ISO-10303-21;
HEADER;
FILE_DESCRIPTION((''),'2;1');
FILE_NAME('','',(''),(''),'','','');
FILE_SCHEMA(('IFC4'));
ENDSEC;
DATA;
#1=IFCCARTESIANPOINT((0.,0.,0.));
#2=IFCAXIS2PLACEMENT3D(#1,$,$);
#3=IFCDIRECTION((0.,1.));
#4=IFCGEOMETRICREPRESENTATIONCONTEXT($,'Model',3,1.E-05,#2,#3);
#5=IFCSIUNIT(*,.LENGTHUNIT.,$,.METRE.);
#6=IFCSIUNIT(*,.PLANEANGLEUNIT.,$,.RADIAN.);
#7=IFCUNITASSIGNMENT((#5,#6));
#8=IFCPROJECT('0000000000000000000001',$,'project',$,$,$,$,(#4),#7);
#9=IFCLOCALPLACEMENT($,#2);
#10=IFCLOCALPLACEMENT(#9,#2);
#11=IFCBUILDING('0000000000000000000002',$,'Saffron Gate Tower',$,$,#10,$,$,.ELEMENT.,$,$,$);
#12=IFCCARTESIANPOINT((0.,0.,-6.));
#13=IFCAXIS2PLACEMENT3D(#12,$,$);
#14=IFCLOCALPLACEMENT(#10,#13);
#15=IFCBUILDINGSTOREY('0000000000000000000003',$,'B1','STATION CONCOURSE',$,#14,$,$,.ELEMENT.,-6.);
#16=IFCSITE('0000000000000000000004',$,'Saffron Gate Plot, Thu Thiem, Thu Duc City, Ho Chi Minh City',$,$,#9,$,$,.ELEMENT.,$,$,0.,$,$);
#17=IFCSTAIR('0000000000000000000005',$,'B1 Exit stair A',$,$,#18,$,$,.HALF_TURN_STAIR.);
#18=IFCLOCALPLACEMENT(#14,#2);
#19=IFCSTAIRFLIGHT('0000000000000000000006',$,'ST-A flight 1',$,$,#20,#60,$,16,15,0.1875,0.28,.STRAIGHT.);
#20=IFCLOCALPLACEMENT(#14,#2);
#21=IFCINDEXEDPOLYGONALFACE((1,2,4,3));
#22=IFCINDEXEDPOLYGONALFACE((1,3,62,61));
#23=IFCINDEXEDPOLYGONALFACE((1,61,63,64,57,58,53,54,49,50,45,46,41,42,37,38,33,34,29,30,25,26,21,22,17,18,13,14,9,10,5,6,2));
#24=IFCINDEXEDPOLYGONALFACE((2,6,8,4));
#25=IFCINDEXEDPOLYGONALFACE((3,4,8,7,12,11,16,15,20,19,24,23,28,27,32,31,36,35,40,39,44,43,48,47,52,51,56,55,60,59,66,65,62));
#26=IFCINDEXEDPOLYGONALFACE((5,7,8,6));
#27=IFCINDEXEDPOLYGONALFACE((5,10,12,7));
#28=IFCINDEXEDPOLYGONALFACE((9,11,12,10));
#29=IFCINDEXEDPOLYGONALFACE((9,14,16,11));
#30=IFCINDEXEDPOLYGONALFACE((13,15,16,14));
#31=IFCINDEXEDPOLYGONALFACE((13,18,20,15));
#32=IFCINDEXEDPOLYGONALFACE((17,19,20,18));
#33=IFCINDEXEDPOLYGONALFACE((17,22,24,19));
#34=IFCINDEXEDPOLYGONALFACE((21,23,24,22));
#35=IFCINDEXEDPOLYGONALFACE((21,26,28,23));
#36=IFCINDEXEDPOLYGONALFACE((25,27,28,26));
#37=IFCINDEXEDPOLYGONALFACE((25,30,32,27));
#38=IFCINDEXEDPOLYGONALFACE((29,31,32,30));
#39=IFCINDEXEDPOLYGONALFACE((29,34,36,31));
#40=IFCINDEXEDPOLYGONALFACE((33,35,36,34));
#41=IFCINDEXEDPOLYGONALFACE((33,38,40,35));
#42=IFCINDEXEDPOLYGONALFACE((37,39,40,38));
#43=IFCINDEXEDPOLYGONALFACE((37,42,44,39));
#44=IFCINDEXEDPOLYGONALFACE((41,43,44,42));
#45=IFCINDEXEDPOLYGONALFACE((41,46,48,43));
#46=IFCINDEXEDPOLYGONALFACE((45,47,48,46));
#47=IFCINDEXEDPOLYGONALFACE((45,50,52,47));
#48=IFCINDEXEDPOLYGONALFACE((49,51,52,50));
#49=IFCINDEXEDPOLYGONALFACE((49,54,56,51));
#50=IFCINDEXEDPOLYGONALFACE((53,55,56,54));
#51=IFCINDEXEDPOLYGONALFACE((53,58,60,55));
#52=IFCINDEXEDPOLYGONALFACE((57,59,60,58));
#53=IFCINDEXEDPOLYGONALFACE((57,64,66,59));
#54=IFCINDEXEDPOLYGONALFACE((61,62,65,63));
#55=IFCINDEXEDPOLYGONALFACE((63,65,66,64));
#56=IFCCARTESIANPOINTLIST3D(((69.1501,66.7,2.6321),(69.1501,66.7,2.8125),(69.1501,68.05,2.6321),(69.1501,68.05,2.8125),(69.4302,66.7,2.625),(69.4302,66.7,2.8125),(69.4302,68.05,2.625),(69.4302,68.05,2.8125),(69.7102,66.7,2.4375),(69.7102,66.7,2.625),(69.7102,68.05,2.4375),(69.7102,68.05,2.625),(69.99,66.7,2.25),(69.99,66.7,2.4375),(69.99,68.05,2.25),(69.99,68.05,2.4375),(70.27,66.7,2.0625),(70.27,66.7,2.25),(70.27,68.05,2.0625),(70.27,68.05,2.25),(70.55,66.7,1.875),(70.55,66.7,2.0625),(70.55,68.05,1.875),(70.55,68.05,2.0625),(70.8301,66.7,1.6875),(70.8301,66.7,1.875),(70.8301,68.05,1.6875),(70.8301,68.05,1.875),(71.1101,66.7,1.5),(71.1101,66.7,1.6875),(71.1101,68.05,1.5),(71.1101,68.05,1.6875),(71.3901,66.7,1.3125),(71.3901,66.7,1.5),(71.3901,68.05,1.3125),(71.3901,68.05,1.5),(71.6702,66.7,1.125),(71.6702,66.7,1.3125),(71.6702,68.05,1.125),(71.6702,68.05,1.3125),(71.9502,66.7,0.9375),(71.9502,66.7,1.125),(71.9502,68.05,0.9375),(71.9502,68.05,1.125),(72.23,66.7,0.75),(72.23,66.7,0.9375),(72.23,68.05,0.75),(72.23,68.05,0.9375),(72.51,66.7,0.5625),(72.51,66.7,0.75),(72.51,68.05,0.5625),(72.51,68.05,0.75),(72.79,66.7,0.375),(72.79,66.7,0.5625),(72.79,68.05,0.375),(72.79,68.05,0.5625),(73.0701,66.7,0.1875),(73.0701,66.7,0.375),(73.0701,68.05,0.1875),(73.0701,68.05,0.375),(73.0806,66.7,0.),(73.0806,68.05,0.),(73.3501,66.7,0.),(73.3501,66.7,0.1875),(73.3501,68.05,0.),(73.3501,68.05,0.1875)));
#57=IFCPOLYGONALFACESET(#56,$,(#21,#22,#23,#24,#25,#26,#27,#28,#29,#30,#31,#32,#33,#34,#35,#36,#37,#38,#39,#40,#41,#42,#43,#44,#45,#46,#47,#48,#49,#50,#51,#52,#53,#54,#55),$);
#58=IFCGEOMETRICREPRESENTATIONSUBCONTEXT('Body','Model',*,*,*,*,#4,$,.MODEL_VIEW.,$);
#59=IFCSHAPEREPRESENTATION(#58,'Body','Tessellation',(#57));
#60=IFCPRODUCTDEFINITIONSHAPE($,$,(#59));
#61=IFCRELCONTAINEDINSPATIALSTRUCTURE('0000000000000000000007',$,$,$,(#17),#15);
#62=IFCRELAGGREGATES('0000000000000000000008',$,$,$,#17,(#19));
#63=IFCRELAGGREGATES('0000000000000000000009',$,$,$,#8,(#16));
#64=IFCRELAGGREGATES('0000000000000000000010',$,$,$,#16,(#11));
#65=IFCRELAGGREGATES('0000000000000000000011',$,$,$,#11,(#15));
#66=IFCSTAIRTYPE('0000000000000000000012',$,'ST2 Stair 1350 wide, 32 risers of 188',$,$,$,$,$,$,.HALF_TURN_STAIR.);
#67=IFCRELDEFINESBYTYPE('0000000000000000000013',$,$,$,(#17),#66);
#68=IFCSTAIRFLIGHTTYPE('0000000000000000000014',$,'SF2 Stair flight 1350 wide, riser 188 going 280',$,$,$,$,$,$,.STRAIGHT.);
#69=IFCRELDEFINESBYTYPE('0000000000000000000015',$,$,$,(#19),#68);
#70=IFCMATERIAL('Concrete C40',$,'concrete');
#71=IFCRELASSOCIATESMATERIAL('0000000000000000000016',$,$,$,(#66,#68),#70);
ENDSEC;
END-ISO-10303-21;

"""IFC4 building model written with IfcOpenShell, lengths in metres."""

from ifc_helpers import new_model, si_unit, direction, frame, origin, place, context, subcontext, project, spatial, polyline, outline, extrude, material, type_object, element, aggregate, save


model = new_model("IFC4")

# Units and contexts
model_context = context("Model", 3, precision=1e-05, world=origin(), true_north=direction((0.0, 1.0)))
body_context = subcontext(model_context, "Body", "Model", "MODEL_VIEW")
ifc_project = project(units=[si_unit("LENGTHUNIT", "METRE"), si_unit("PLANEANGLEUNIT", "RADIAN")], contexts=[model_context])

# Site, building, storey
site_placement = place(None, origin())
site = spatial("IfcSite", under=ifc_project, at=site_placement, Name="Saffron Gate Plot, Thu Thiem, Thu Duc City, Ho Chi Minh City", CompositionType="ELEMENT", RefElevation=0.0)
building_placement = place(site_placement, origin())
building = spatial("IfcBuilding", under=site, at=building_placement, Name="Saffron Gate Tower", CompositionType="ELEMENT")
storey_placement = place(building_placement, frame((0.0, 0.0, -6.0)))
storey = spatial("IfcBuildingStorey", under=building, at=storey_placement, Name="B1", Description="STATION CONCOURSE", CompositionType="ELEMENT", Elevation=-6.0)

# Shared definitions
ifc_material_1 = material(Name="Concrete C40", Category="concrete")

# Stair, stair flight
stair_type = type_object("IfcStairType", Name="ST2 Stair 1350 wide, 32 risers of 188", PredefinedType="HALF_TURN_STAIR", material=ifc_material_1)
stair_placement = place(storey_placement, origin())
stair = element("IfcStair", 1, at=stair_placement, inside=storey, type_object=stair_type, Name="B1 Exit stair A", PredefinedType="HALF_TURN_STAIR")
stair_flight_type = type_object("IfcStairFlightType", Name="SF2 Stair flight 1350 wide, riser 188 going 280", PredefinedType="STRAIGHT", material=ifc_material_1)
stair_flight_placement = place(storey_placement, frame((73.3501, 67.375, 0.0), z_axis=(0.0, 0.0, 1.0), x_axis=(-1.0, 0.0, 0.0)))
stair_flight = element("IfcStairFlight", 2, at=stair_flight_placement, type_object=stair_flight_type, Name="ST-A flight 1", NumberOfRisers=16, NumberOfTreads=15, PredefinedType="STRAIGHT", RiserHeight=0.1875, TreadLength=0.28, context=body_context, shape_type="SweptSolid", body=[
    extrude(outline(polyline([(0.0, 0.0), (0.0, 0.1875), (0.28, 0.1875), (0.28, 0.375), (0.5601, 0.375), (0.5601, 0.5625), (0.8401, 0.5625), (0.8401, 0.75), (1.1201, 0.75), (1.1201, 0.9375), (1.3999, 0.9375), (1.3999, 1.125), (1.6799, 1.125), (1.6799, 1.3125), (1.96, 1.3125), (1.96, 1.5), (2.24, 1.5), (2.24, 1.6875), (2.52, 1.6875), (2.52, 1.875), (2.8, 1.875), (2.8, 2.0625), (3.0801, 2.0625), (3.0801, 2.25), (3.3601, 2.25), (3.3601, 2.4375), (3.6399, 2.4375), (3.6399, 2.625), (3.9199, 2.625), (3.9199, 2.8125), (4.2, 2.8125), (4.2, 3.0), (4.2, 2.6321), (0.2695, 0.0), (0.0, 0.0)])), frame((0.0, 0.675, 0.0), z_axis=(0.0, -1.0, 0.0), x_axis=(1.0, 0.0, 0.0)), (0.0, 0.0, 1.0), 1.3501),
])
aggregate(stair, [stair_flight])

save(model, "model.ifc")
